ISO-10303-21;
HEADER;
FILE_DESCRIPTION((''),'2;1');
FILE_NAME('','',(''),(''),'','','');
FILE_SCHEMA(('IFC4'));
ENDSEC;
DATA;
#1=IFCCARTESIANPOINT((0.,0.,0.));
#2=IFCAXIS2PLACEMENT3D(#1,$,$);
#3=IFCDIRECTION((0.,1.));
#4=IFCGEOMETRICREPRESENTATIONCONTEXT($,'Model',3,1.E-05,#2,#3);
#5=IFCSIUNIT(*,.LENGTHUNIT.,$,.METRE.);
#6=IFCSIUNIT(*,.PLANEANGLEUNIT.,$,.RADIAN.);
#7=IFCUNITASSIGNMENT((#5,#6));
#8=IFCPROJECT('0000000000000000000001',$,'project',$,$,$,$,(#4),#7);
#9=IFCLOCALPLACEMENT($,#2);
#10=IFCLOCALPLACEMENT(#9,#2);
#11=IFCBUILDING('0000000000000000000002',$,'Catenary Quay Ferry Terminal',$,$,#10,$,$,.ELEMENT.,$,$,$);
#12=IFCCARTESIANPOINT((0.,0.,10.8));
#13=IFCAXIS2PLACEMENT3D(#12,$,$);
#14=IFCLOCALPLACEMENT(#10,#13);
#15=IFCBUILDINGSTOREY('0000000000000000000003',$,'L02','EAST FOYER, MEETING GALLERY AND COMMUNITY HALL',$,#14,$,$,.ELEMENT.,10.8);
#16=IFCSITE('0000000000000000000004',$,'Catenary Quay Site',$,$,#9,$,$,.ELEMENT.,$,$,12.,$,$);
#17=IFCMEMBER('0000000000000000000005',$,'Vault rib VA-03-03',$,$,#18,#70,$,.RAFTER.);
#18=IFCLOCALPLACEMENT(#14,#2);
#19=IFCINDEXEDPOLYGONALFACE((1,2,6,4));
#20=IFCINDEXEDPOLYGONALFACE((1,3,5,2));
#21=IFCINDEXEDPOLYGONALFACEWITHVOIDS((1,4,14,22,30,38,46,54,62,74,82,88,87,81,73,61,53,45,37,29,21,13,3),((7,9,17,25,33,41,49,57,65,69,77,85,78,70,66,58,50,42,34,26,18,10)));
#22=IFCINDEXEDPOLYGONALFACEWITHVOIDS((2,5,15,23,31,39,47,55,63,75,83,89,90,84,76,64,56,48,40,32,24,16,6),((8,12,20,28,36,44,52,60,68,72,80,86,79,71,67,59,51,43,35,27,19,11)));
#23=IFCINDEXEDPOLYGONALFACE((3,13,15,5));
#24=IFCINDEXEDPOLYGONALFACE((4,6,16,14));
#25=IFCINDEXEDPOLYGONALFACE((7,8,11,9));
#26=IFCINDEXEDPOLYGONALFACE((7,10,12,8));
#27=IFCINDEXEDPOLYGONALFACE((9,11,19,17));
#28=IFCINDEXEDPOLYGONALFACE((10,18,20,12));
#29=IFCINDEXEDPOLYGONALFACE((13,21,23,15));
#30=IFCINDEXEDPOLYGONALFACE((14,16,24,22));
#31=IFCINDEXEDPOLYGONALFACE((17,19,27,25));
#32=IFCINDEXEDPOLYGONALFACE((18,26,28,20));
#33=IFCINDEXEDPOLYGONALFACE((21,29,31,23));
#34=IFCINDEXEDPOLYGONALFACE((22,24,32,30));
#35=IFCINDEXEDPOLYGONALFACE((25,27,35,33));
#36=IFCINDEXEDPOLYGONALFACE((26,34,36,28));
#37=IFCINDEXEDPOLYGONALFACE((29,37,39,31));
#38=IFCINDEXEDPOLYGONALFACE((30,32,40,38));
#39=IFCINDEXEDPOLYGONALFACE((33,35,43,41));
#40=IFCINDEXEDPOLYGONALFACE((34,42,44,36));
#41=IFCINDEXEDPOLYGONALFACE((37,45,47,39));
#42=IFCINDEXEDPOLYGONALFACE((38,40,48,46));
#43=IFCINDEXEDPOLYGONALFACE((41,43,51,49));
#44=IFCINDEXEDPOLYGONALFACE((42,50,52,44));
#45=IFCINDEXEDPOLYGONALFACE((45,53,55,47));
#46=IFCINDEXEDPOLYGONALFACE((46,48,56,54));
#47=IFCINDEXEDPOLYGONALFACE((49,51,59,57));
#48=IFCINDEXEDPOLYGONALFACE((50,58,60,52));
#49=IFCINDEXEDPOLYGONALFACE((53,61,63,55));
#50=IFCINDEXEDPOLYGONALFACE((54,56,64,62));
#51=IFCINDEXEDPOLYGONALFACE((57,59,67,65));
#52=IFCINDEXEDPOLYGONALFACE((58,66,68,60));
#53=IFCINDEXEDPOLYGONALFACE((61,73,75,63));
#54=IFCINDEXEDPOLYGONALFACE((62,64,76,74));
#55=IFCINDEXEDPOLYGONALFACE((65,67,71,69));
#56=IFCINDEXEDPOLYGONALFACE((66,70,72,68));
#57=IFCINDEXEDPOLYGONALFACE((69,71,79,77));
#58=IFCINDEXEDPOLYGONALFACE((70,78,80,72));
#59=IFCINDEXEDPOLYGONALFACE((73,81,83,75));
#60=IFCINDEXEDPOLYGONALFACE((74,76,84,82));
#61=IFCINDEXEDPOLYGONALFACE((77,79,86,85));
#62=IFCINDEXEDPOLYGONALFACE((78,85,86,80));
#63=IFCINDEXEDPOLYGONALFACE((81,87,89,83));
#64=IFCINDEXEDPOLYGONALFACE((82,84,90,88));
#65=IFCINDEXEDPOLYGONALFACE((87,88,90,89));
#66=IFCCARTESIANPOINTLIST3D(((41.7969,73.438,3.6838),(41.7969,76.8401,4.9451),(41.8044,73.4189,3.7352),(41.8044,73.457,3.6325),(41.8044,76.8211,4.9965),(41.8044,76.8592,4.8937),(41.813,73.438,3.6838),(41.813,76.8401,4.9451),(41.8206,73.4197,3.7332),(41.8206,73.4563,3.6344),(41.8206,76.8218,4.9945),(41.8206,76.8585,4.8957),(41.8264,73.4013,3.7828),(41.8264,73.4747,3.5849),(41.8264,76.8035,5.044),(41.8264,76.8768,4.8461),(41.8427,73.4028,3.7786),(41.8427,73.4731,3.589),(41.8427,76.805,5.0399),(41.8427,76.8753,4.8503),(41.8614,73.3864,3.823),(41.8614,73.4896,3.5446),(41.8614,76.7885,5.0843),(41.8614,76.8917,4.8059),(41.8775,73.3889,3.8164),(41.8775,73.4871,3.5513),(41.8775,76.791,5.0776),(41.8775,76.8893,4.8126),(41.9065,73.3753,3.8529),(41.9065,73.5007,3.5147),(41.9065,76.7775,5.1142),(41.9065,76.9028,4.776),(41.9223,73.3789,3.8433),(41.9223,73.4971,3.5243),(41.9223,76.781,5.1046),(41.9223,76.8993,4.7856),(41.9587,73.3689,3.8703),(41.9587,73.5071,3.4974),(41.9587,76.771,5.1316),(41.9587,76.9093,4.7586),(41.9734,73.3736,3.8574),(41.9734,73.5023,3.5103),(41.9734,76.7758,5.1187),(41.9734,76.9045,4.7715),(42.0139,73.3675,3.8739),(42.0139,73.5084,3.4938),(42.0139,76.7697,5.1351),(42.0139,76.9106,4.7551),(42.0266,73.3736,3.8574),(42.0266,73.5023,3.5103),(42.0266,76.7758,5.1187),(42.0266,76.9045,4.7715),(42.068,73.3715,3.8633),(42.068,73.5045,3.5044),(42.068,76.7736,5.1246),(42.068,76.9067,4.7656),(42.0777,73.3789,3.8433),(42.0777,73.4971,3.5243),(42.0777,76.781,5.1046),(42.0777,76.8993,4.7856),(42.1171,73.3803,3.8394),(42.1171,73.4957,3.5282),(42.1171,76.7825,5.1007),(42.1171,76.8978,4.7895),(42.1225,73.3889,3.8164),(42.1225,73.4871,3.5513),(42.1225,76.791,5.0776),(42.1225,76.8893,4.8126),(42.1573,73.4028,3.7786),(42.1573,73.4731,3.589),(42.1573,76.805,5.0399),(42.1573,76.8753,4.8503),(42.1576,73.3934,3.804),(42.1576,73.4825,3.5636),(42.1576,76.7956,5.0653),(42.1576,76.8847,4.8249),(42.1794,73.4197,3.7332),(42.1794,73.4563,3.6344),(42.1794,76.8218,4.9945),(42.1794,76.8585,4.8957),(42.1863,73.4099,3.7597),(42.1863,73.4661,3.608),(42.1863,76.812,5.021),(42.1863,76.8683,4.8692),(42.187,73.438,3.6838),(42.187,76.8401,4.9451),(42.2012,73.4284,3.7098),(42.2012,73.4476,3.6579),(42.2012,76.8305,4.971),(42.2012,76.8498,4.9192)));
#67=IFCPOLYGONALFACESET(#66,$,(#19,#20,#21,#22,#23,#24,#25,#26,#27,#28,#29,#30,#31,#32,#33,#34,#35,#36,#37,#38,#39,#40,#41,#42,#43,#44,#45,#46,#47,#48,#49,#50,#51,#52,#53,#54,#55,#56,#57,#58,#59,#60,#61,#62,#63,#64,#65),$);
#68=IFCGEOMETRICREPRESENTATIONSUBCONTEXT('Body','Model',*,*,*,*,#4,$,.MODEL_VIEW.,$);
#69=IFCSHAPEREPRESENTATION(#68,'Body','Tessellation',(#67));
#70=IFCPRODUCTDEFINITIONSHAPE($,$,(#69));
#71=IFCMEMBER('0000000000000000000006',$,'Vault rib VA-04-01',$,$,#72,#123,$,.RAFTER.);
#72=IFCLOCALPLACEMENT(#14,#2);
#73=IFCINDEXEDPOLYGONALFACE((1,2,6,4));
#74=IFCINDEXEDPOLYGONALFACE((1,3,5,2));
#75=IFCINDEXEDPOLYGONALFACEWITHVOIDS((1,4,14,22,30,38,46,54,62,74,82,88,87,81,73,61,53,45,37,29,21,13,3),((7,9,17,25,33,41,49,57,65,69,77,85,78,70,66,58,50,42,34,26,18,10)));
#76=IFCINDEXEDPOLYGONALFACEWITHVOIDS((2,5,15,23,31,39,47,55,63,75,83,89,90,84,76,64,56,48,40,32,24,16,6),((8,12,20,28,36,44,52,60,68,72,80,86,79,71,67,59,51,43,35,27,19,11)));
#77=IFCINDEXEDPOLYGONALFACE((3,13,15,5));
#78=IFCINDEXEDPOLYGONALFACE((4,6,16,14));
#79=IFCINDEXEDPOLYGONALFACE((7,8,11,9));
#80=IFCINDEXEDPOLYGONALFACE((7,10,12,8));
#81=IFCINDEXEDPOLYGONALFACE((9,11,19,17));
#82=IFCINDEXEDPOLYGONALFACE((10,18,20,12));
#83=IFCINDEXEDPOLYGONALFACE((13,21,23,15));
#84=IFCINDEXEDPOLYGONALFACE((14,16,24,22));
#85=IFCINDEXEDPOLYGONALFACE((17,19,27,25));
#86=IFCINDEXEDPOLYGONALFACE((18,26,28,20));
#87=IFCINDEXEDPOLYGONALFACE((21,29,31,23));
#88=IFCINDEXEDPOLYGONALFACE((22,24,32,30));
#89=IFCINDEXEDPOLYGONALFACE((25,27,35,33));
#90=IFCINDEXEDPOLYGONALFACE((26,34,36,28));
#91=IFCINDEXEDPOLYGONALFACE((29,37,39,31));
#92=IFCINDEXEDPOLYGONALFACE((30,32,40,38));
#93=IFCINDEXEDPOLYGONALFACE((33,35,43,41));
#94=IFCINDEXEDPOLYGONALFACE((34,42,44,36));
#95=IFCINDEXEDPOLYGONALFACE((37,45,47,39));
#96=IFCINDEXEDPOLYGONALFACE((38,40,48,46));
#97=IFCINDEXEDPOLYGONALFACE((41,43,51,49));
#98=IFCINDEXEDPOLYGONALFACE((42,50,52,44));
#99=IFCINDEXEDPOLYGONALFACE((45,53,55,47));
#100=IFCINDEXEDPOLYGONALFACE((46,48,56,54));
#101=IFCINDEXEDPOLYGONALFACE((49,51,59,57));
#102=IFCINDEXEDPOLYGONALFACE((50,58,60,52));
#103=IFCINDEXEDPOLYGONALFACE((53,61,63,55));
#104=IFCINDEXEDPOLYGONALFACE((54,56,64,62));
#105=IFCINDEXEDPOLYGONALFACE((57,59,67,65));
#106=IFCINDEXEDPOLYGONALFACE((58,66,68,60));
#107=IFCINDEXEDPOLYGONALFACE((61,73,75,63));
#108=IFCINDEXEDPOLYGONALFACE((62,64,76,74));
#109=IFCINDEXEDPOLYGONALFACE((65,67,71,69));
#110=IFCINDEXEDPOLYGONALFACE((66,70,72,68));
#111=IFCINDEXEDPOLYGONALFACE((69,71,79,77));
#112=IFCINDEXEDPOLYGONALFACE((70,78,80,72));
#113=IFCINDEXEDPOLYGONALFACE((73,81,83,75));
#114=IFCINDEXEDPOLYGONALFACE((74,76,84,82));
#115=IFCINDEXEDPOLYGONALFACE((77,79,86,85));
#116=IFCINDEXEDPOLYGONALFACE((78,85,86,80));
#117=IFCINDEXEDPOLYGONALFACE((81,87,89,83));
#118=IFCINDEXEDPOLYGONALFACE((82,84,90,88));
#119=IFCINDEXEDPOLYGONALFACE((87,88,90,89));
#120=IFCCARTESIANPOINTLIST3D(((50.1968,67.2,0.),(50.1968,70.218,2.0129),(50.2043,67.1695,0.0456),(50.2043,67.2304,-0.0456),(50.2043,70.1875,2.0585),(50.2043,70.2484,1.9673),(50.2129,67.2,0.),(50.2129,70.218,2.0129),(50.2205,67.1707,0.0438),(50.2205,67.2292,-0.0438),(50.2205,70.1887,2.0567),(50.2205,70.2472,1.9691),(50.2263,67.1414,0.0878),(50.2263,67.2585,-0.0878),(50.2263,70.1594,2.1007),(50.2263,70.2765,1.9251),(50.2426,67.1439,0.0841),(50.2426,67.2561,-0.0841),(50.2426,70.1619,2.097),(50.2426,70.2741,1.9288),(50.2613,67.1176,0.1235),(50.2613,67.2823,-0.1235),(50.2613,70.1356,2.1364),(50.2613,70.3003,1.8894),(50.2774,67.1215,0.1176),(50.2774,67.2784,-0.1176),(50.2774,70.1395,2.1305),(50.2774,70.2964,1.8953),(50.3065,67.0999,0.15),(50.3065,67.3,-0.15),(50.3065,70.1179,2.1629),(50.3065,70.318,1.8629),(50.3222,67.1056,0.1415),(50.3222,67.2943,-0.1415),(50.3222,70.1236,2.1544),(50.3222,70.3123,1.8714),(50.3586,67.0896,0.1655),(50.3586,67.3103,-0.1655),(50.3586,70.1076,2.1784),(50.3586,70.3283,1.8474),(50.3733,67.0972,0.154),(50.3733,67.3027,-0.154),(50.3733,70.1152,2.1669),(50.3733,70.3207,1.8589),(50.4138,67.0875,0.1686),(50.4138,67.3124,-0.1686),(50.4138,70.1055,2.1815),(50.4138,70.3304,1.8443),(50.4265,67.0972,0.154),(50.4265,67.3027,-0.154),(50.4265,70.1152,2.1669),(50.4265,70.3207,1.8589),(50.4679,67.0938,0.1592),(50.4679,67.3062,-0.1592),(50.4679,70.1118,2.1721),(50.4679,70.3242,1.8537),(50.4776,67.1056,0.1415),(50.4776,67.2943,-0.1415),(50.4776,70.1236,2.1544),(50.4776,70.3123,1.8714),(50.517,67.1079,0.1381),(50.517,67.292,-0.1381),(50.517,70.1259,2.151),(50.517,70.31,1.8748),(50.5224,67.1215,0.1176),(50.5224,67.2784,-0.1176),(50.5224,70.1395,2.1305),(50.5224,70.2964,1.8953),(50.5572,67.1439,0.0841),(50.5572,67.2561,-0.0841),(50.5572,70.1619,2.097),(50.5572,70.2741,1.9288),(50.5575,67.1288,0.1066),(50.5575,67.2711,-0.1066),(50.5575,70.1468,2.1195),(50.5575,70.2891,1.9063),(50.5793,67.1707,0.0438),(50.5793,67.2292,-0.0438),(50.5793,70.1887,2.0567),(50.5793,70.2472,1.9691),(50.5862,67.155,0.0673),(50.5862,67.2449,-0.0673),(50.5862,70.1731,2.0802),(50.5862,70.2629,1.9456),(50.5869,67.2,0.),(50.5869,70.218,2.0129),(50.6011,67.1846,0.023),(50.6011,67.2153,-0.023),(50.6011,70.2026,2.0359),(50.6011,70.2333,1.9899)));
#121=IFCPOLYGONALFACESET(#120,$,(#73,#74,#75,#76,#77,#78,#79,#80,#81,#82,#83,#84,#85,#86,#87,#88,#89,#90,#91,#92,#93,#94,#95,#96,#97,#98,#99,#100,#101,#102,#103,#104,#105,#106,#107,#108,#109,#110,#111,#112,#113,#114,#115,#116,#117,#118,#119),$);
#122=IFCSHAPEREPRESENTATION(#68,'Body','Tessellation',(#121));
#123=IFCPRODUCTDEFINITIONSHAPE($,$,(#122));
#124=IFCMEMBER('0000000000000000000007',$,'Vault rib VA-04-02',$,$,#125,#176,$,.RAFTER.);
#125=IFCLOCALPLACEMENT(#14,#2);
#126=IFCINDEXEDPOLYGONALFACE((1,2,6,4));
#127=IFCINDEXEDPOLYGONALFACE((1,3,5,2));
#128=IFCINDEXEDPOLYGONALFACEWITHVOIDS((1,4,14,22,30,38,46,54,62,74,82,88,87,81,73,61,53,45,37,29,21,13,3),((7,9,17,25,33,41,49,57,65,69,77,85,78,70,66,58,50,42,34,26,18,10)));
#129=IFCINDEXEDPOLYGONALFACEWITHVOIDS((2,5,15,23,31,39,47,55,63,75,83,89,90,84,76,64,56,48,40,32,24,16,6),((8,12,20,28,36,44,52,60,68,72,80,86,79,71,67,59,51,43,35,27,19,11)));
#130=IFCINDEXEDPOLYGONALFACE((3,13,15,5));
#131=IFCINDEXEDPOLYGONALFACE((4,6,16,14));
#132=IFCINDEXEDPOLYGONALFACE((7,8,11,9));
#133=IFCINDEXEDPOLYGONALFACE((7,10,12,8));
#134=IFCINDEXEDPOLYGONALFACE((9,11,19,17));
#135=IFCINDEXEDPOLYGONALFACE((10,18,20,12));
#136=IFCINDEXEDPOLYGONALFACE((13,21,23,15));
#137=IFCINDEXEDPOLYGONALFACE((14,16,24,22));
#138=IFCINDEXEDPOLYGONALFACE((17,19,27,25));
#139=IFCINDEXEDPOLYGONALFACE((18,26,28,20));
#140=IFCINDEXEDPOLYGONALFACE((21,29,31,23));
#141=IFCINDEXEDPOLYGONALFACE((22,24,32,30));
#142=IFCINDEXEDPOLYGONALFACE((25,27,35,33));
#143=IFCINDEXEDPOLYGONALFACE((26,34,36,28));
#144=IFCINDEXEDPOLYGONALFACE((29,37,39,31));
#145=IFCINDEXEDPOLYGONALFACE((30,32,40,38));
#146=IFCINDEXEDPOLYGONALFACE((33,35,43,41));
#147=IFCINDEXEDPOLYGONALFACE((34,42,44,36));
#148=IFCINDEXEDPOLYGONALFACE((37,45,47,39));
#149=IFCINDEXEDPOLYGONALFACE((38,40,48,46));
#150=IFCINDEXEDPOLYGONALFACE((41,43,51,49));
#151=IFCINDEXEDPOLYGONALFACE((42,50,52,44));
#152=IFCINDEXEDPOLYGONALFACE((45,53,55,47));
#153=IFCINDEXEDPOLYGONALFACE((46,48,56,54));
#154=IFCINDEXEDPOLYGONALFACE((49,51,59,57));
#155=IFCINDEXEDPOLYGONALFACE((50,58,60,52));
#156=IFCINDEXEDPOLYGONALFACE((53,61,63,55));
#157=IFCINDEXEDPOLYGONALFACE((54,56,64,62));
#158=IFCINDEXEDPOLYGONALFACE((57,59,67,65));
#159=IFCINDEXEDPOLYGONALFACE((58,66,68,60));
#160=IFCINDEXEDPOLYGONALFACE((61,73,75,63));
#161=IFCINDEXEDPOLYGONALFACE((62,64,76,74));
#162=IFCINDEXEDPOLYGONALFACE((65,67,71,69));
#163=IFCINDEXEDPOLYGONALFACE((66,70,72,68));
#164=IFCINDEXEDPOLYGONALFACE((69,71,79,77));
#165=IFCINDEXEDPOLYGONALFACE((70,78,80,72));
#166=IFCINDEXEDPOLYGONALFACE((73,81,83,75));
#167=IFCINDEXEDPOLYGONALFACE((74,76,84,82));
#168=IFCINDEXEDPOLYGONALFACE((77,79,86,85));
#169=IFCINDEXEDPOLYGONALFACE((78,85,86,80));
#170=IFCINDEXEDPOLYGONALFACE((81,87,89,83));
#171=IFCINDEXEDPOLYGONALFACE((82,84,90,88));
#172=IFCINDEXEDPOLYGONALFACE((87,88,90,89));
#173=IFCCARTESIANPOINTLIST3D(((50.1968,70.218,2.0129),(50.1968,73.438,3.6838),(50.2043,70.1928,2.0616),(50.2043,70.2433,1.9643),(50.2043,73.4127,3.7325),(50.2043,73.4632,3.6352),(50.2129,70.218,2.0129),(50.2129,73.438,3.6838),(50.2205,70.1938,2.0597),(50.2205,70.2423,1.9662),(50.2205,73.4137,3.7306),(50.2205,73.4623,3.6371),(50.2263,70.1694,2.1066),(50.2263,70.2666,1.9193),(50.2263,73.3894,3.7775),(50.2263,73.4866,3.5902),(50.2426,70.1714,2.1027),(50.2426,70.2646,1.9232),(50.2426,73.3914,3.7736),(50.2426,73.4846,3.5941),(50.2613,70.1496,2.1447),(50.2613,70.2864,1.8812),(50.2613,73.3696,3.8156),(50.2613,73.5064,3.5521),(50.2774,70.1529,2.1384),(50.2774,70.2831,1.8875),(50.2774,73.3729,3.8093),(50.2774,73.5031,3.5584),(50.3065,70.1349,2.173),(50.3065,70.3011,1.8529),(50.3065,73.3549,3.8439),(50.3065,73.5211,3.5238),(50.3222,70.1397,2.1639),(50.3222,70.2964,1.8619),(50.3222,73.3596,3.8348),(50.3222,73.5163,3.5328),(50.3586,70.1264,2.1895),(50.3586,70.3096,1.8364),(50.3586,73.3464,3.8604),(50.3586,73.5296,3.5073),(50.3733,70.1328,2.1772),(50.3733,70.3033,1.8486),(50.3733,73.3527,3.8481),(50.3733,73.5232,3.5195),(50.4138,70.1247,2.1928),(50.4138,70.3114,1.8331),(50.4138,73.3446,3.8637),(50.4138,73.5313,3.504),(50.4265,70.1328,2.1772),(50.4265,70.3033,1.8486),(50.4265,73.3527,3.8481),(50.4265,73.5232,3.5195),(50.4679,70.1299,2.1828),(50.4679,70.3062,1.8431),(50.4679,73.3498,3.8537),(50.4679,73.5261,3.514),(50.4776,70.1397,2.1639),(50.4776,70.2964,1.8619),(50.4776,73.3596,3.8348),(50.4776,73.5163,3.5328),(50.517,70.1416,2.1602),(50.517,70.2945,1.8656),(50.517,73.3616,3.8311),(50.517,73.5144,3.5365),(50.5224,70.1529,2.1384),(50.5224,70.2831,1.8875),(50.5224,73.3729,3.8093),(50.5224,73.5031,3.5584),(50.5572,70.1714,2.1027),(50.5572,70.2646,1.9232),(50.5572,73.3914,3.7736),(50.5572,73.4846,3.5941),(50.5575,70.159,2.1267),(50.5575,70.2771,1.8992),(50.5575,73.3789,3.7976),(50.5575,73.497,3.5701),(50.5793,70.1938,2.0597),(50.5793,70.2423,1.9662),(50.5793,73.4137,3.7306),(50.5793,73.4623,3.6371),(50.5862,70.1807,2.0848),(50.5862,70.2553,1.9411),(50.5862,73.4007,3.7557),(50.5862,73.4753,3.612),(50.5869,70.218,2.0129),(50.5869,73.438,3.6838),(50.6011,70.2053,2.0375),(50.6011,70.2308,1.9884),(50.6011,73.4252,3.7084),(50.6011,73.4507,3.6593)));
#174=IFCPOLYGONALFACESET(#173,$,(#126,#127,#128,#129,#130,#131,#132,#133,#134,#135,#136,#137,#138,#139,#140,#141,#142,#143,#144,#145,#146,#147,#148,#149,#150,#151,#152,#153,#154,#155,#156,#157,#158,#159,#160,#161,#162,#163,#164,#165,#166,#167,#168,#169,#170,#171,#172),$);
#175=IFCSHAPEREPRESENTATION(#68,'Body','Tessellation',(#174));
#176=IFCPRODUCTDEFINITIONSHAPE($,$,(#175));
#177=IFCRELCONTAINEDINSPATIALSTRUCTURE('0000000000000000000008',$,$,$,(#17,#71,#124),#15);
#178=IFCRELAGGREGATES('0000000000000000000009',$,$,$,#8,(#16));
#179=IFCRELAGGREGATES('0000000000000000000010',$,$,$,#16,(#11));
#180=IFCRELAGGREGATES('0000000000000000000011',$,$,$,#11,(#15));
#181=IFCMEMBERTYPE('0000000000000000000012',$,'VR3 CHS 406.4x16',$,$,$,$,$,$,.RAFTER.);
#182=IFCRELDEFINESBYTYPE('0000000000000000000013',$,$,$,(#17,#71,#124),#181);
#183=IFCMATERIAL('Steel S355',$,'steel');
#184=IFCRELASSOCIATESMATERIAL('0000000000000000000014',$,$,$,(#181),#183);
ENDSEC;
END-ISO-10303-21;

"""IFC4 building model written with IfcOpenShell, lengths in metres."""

from ifc_helpers import new_model, si_unit, direction, frame, origin, origin_2d, place, context, subcontext, project, spatial, hollow_circle, extrude, material, material_profile, profile_set, type_object, element, save


model = new_model("IFC4")

# Units and contexts
model_context = context("Model", 3, precision=1e-05, world=origin(), true_north=direction((0.0, 1.0)))
body_context = subcontext(model_context, "Body", "Model", "MODEL_VIEW")
ifc_project = project(units=[si_unit("LENGTHUNIT", "METRE"), si_unit("PLANEANGLEUNIT", "RADIAN")], contexts=[model_context])

# Site, building, storey
site_placement = place(None, origin())
site = spatial("IfcSite", under=ifc_project, at=site_placement, Name="Catenary Quay Site", CompositionType="ELEMENT", RefElevation=12.0)
building_placement = place(site_placement, origin())
building = spatial("IfcBuilding", under=site, at=building_placement, Name="Catenary Quay Ferry Terminal", CompositionType="ELEMENT")
storey_placement = place(building_placement, frame((0.0, 0.0, 10.8)))
storey = spatial("IfcBuildingStorey", under=building, at=storey_placement, Name="L02", Description="EAST FOYER, MEETING GALLERY AND COMMUNITY HALL", CompositionType="ELEMENT", Elevation=10.8)

# Members
ifc_material_1 = material(Name="Steel S355", Category="steel")
ifc_material_profile_1 = material_profile(ifc_material_1, hollow_circle(Radius=0.2031, WallThickness=0.0161, at=origin_2d()), Name="CHS 406.4x16")
ifc_profile_set_1 = profile_set([ifc_material_profile_1], Name="Steel S355")
member_type_1 = type_object("IfcMemberType", Name="VR3 CHS 406.4x16", PredefinedType="RAFTER", material=ifc_profile_set_1)
member_1_placement = place(storey_placement, frame((42.0, 73.438, 3.6838), z_axis=(0.0, 0.937642, 0.347604), x_axis=(-1.0, 0.0, 0.0)))
element("IfcMember", 1, at=member_1_placement, inside=storey, type_object=member_type_1, Name="Vault rib VA-03-03", PredefinedType="RAFTER", context=body_context, shape_type="SweptSolid", body=[
    extrude(hollow_circle(Radius=0.2031, WallThickness=0.0161, at=origin_2d()), origin(), (0.0, 0.0, 1.0), 3.6284),
])
for number, where, z_axis, x_axis, name in (
    (2, (50.3999, 67.2, 0.0), (0.0, 0.831936, 0.554871), (-1.0, 0.0, 0.0), "Vault rib VA-04-01"),
    (3, (50.3999, 70.218, 2.0129), (0.0, 0.88761, 0.460596), (-1.0, 0.0, 0.0), "Vault rib VA-04-02"),
):
    element("IfcMember", number, at=place(storey_placement, frame(where, z_axis=z_axis, x_axis=x_axis)), inside=storey, type_object=member_type_1, Name=name, PredefinedType="RAFTER", context=body_context, shape_type="SweptSolid", body=[
        extrude(hollow_circle(Radius=0.2031, WallThickness=0.0161, at=origin_2d()), origin(), (0.0, 0.0, 1.0), 3.6277),
    ])

save(model, "model.ifc")
